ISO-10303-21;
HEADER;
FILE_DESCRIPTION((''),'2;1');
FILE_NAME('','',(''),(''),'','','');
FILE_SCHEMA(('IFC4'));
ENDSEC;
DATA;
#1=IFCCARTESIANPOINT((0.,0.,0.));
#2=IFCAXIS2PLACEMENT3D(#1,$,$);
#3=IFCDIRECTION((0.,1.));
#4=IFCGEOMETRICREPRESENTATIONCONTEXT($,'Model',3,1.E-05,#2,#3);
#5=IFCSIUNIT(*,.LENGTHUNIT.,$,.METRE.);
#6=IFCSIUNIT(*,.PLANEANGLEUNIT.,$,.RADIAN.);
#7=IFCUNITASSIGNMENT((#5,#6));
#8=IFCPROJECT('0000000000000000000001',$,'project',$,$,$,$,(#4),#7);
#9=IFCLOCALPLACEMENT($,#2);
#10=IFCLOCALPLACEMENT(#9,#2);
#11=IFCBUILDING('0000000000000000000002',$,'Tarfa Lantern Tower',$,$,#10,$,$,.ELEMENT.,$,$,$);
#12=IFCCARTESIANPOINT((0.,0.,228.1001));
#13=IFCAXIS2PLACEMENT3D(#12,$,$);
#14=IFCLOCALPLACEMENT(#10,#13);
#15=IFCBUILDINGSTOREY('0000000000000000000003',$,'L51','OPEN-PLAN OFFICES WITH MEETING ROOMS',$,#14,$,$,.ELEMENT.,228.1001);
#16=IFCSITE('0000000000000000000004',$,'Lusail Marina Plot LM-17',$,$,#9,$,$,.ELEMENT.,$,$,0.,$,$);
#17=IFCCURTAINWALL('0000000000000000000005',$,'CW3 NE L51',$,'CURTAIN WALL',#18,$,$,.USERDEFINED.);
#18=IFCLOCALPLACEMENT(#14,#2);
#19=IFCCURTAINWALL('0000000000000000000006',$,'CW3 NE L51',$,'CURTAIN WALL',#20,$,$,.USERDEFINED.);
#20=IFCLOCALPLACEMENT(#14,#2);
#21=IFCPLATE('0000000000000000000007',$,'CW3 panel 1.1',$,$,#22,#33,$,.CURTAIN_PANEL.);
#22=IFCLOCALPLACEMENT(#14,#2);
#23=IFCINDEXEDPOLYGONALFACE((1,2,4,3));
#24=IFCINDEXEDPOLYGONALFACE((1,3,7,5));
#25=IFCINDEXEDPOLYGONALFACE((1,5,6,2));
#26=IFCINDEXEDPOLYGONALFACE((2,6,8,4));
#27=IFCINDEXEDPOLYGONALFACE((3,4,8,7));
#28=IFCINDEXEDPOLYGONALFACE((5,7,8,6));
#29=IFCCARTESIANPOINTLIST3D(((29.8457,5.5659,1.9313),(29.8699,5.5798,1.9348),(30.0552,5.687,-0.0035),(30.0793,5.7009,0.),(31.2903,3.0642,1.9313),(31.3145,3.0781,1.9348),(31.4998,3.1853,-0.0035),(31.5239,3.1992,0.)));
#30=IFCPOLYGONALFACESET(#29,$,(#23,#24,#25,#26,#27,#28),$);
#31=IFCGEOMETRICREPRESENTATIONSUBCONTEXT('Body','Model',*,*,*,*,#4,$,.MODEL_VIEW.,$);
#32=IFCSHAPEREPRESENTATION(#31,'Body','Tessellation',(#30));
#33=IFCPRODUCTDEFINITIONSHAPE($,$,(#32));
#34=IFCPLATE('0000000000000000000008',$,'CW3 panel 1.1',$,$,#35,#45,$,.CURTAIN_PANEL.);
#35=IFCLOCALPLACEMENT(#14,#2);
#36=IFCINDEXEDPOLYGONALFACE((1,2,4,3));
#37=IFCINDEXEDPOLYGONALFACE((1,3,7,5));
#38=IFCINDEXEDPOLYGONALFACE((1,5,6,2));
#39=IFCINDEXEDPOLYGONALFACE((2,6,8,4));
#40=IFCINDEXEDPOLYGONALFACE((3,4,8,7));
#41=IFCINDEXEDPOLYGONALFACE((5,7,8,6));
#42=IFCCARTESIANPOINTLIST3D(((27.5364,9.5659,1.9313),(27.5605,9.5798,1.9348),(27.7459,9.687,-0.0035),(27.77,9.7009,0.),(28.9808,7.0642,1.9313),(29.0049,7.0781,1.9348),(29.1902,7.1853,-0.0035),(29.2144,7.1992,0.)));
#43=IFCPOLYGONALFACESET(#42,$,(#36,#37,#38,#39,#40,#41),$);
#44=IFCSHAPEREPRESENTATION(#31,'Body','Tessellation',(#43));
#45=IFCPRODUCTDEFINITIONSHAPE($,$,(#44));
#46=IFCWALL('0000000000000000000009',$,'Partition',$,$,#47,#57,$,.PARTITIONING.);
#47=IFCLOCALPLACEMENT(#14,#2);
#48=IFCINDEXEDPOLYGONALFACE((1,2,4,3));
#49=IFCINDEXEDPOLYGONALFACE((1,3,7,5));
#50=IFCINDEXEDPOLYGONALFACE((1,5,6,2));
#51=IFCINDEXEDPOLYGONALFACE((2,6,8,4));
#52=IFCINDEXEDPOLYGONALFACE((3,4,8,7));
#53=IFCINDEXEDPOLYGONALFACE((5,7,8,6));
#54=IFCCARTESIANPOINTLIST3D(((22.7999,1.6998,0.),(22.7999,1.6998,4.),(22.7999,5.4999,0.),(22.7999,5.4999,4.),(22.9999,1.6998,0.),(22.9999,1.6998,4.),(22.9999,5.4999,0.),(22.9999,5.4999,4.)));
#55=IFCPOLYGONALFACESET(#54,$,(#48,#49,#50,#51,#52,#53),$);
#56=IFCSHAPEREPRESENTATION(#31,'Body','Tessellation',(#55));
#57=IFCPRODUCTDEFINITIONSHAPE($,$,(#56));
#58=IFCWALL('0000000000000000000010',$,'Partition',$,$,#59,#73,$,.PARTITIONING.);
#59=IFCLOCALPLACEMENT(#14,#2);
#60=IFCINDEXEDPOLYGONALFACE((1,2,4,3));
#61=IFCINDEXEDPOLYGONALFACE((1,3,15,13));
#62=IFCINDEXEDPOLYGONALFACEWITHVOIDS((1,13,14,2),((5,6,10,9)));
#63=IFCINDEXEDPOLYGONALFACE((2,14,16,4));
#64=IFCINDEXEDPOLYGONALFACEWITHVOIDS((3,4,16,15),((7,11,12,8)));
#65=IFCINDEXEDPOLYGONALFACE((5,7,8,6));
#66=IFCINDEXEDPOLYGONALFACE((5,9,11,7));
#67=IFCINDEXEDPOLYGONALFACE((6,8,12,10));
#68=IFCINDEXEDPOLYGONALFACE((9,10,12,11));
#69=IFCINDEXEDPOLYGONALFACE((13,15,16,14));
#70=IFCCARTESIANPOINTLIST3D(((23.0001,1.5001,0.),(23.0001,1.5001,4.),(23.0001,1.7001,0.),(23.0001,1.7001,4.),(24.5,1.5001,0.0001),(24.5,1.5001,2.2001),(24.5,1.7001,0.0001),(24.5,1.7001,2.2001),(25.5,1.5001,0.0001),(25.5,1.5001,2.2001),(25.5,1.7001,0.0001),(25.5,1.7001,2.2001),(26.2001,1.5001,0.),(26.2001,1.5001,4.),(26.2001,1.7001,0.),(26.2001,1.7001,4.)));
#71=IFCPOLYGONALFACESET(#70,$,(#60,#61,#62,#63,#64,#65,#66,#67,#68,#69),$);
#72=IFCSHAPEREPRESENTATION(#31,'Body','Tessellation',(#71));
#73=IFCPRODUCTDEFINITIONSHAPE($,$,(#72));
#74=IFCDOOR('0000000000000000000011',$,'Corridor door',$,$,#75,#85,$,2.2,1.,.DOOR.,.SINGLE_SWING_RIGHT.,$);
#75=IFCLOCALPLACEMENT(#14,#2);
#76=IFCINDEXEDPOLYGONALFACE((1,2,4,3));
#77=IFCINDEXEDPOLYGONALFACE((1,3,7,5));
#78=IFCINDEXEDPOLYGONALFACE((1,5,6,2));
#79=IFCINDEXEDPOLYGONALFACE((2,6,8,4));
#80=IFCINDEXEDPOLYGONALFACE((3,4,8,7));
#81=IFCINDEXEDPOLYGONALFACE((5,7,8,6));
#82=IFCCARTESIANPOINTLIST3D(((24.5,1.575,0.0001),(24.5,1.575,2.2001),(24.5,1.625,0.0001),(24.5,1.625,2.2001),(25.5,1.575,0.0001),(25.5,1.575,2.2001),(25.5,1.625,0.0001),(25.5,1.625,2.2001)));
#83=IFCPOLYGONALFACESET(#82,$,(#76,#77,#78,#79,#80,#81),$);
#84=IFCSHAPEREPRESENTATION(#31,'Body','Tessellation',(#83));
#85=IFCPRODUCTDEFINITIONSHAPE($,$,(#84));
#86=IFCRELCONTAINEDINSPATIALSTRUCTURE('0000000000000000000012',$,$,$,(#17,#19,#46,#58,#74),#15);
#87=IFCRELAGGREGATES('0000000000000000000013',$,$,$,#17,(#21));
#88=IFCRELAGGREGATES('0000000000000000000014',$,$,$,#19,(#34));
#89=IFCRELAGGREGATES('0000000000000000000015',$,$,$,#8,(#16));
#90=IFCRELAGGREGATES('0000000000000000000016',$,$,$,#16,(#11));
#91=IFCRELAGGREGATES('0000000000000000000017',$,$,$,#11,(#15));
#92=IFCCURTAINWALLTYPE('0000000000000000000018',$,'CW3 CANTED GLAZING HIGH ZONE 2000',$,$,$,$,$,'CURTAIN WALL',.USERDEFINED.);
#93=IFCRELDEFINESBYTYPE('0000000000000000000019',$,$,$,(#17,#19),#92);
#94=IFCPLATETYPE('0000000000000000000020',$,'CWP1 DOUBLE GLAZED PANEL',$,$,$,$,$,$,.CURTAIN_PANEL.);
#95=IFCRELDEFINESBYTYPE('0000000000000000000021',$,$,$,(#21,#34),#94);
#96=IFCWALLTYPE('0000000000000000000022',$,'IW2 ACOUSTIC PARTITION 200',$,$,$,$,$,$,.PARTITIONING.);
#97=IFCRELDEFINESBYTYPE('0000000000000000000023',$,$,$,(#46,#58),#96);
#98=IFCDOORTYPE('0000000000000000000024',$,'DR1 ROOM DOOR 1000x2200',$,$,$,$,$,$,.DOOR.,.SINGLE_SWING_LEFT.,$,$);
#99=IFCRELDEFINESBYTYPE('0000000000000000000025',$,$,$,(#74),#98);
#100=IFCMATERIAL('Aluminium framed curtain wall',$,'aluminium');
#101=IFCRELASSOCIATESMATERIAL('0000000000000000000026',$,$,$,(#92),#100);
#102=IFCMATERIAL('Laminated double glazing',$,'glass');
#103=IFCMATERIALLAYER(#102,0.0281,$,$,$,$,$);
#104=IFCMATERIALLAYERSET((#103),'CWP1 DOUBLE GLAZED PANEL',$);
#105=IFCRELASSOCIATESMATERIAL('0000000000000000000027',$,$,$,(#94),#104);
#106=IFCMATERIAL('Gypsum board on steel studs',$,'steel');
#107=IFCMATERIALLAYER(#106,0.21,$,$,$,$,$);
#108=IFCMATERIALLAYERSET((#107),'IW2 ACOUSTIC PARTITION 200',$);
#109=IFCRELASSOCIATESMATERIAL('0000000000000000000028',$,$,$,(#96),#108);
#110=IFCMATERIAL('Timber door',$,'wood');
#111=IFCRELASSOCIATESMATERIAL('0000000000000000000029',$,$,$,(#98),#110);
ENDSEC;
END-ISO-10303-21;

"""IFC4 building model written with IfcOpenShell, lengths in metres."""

from ifc_helpers import new_model, si_unit, direction, frame, frame_2d, origin, place, context, subcontext, project, spatial, polyline, rectangle, outline, extrude, material, layer, layer_set, type_object, element, fill, aggregate, save


model = new_model("IFC4")

# Units and contexts
model_context = context("Model", 3, precision=1e-05, world=origin(), true_north=direction((0.0, 1.0)))
body_context = subcontext(model_context, "Body", "Model", "MODEL_VIEW")
ifc_project = project(units=[si_unit("LENGTHUNIT", "METRE"), si_unit("PLANEANGLEUNIT", "RADIAN")], contexts=[model_context])

# Site, building, storey
site_placement = place(None, origin())
site = spatial("IfcSite", under=ifc_project, at=site_placement, Name="Lusail Marina Plot LM-17", CompositionType="ELEMENT", RefElevation=0.0)
building_placement = place(site_placement, origin())
building = spatial("IfcBuilding", under=site, at=building_placement, Name="Tarfa Lantern Tower", CompositionType="ELEMENT")
storey_placement = place(building_placement, frame((0.0, 0.0, 228.1001)))
storey = spatial("IfcBuildingStorey", under=building, at=storey_placement, Name="L51", Description="OPEN-PLAN OFFICES WITH MEETING ROOMS", CompositionType="ELEMENT", Elevation=228.1001)

# Curtain walls
ifc_material_1 = material(Name="Aluminium framed curtain wall", Category="aluminium")
curtain_wall_type = type_object("IfcCurtainWallType", Name="CW3 CANTED GLAZING HIGH ZONE 2000", ElementType="CURTAIN WALL", PredefinedType="USERDEFINED", material=ifc_material_1)
curtain_wall_1_placement = place(storey_placement, origin())
curtain_wall_1 = element("IfcCurtainWall", 1, at=curtain_wall_1_placement, inside=storey, type_object=curtain_wall_type, Name="CW3 NE L51", ObjectType="CURTAIN WALL", PredefinedType="USERDEFINED")
curtain_wall_2_placement = place(storey_placement, origin())
curtain_wall_2 = element("IfcCurtainWall", 2, at=curtain_wall_2_placement, inside=storey, type_object=curtain_wall_type, Name="CW3 NE L51", ObjectType="CURTAIN WALL", PredefinedType="USERDEFINED")

# Plates
ifc_material_2 = material(Name="Laminated double glazing", Category="glass")
ifc_layer_1 = layer(ifc_material_2, 0.0281)
ifc_layer_set_1 = layer_set([ifc_layer_1], Name="CWP1 DOUBLE GLAZED PANEL")
plate_type = type_object("IfcPlateType", Name="CWP1 DOUBLE GLAZED PANEL", PredefinedType="CURTAIN_PANEL", material=ifc_layer_set_1)
plate_1_placement = place(storey_placement, frame((31.5239, 3.1992, 0.0), z_axis=(0.8593, 0.496192, 0.124087), x_axis=(-0.500057, 0.865993, 0.0)))
plate_1 = element("IfcPlate", 3, at=plate_1_placement, type_object=plate_type, Name="CW3 panel 1.1", PredefinedType="CURTAIN_PANEL", context=body_context, shape_type="SweptSolid", body=[
    extrude(outline(polyline([(0.0, 0.0), (2.8888, 0.0), (2.8887, 1.9499), (-0.0001, 1.9499), (0.0, 0.0)])), origin(), (0.0, 0.0, -1.0), 0.0281),
])
aggregate(curtain_wall_1, [plate_1])
plate_2_placement = place(storey_placement, frame((29.2144, 7.1992, 0.0), z_axis=(0.859336, 0.496129, 0.124087), x_axis=(-0.499993, 0.866029, 0.0)))
plate_2 = element("IfcPlate", 4, at=plate_2_placement, type_object=plate_type, Name="CW3 panel 1.1", PredefinedType="CURTAIN_PANEL", context=body_context, shape_type="SweptSolid", body=[
    extrude(outline(polyline([(0.0, 0.0), (2.8887, 0.0), (2.8886, 1.9499), (-0.0001, 1.9499), (0.0, 0.0)])), origin(), (0.0, 0.0, -1.0), 0.0281),
])
aggregate(curtain_wall_2, [plate_2])

# Wall
ifc_material_3 = material(Name="Gypsum board on steel studs", Category="steel")
ifc_layer_2 = layer(ifc_material_3, 0.21)
ifc_layer_set_2 = layer_set([ifc_layer_2], Name="IW2 ACOUSTIC PARTITION 200")
wall_type = type_object("IfcWallType", Name="IW2 ACOUSTIC PARTITION 200", PredefinedType="PARTITIONING", material=ifc_layer_set_2)
wall_1_placement = place(storey_placement, frame((22.8999, 1.7, 0.0), z_axis=(0.0, 0.0, 1.0), x_axis=(0.0, 1.0, 0.0)))
element("IfcWall", 5, at=wall_1_placement, inside=storey, type_object=wall_type, Name="Partition", PredefinedType="PARTITIONING", context=body_context, shape_type="SweptSolid", body=[
    extrude(rectangle(XDim=3.8, YDim=0.2, at=frame_2d((1.8999, 0.0))), origin(), (0.0, 0.0, 1.0), 4.0),
])

# Wall, opening, door
wall_2_placement = place(storey_placement, frame((23.0, 1.6001, 0.0), z_axis=(0.0, 0.0, 1.0), x_axis=(1.0, 0.0, 0.0)))
wall_2 = element("IfcWall", 6, at=wall_2_placement, inside=storey, type_object=wall_type, Name="Partition", PredefinedType="PARTITIONING", context=body_context, shape_type="SweptSolid", body=[
    extrude(rectangle(XDim=3.2, YDim=0.2, at=frame_2d((1.6001, 0.0))), origin(), (0.0, 0.0, 1.0), 4.0),
])
opening_placement = place(wall_2_placement, frame((1.5, 0.0, 0.0)))
opening = element("IfcOpeningElement", 7, at=opening_placement, cuts=wall_2, PredefinedType="OPENING", context=body_context, shape_type="SweptSolid", body=[
    extrude(rectangle(XDim=1.0, YDim=2.2, at=frame_2d((0.5, 1.1001))), frame((0.0, 0.1099, 0.0), z_axis=(0.0, -1.0, 0.0), x_axis=(1.0, 0.0, 0.0)), (0.0, 0.0, 1.0), 0.22),
])
ifc_material_4 = material(Name="Timber door", Category="wood")
door_type = type_object("IfcDoorType", Name="DR1 ROOM DOOR 1000x2200", OperationType="SINGLE_SWING_LEFT", PredefinedType="DOOR", material=ifc_material_4)
door_placement = place(opening_placement, origin())
door = element("IfcDoor", 8, at=door_placement, inside=storey, type_object=door_type, Name="Corridor door", OperationType="SINGLE_SWING_RIGHT", OverallHeight=2.2, OverallWidth=1.0, PredefinedType="DOOR", context=body_context, shape_type="SweptSolid", body=[
    extrude(rectangle(XDim=1.0, YDim=2.2, at=frame_2d((0.5, 1.1001))), frame((0.0, 0.0249, 0.0), z_axis=(0.0, -1.0, 0.0), x_axis=(1.0, 0.0, 0.0)), (0.0, 0.0, 1.0), 0.05),
])
fill(opening, door)

save(model, "model.ifc")
